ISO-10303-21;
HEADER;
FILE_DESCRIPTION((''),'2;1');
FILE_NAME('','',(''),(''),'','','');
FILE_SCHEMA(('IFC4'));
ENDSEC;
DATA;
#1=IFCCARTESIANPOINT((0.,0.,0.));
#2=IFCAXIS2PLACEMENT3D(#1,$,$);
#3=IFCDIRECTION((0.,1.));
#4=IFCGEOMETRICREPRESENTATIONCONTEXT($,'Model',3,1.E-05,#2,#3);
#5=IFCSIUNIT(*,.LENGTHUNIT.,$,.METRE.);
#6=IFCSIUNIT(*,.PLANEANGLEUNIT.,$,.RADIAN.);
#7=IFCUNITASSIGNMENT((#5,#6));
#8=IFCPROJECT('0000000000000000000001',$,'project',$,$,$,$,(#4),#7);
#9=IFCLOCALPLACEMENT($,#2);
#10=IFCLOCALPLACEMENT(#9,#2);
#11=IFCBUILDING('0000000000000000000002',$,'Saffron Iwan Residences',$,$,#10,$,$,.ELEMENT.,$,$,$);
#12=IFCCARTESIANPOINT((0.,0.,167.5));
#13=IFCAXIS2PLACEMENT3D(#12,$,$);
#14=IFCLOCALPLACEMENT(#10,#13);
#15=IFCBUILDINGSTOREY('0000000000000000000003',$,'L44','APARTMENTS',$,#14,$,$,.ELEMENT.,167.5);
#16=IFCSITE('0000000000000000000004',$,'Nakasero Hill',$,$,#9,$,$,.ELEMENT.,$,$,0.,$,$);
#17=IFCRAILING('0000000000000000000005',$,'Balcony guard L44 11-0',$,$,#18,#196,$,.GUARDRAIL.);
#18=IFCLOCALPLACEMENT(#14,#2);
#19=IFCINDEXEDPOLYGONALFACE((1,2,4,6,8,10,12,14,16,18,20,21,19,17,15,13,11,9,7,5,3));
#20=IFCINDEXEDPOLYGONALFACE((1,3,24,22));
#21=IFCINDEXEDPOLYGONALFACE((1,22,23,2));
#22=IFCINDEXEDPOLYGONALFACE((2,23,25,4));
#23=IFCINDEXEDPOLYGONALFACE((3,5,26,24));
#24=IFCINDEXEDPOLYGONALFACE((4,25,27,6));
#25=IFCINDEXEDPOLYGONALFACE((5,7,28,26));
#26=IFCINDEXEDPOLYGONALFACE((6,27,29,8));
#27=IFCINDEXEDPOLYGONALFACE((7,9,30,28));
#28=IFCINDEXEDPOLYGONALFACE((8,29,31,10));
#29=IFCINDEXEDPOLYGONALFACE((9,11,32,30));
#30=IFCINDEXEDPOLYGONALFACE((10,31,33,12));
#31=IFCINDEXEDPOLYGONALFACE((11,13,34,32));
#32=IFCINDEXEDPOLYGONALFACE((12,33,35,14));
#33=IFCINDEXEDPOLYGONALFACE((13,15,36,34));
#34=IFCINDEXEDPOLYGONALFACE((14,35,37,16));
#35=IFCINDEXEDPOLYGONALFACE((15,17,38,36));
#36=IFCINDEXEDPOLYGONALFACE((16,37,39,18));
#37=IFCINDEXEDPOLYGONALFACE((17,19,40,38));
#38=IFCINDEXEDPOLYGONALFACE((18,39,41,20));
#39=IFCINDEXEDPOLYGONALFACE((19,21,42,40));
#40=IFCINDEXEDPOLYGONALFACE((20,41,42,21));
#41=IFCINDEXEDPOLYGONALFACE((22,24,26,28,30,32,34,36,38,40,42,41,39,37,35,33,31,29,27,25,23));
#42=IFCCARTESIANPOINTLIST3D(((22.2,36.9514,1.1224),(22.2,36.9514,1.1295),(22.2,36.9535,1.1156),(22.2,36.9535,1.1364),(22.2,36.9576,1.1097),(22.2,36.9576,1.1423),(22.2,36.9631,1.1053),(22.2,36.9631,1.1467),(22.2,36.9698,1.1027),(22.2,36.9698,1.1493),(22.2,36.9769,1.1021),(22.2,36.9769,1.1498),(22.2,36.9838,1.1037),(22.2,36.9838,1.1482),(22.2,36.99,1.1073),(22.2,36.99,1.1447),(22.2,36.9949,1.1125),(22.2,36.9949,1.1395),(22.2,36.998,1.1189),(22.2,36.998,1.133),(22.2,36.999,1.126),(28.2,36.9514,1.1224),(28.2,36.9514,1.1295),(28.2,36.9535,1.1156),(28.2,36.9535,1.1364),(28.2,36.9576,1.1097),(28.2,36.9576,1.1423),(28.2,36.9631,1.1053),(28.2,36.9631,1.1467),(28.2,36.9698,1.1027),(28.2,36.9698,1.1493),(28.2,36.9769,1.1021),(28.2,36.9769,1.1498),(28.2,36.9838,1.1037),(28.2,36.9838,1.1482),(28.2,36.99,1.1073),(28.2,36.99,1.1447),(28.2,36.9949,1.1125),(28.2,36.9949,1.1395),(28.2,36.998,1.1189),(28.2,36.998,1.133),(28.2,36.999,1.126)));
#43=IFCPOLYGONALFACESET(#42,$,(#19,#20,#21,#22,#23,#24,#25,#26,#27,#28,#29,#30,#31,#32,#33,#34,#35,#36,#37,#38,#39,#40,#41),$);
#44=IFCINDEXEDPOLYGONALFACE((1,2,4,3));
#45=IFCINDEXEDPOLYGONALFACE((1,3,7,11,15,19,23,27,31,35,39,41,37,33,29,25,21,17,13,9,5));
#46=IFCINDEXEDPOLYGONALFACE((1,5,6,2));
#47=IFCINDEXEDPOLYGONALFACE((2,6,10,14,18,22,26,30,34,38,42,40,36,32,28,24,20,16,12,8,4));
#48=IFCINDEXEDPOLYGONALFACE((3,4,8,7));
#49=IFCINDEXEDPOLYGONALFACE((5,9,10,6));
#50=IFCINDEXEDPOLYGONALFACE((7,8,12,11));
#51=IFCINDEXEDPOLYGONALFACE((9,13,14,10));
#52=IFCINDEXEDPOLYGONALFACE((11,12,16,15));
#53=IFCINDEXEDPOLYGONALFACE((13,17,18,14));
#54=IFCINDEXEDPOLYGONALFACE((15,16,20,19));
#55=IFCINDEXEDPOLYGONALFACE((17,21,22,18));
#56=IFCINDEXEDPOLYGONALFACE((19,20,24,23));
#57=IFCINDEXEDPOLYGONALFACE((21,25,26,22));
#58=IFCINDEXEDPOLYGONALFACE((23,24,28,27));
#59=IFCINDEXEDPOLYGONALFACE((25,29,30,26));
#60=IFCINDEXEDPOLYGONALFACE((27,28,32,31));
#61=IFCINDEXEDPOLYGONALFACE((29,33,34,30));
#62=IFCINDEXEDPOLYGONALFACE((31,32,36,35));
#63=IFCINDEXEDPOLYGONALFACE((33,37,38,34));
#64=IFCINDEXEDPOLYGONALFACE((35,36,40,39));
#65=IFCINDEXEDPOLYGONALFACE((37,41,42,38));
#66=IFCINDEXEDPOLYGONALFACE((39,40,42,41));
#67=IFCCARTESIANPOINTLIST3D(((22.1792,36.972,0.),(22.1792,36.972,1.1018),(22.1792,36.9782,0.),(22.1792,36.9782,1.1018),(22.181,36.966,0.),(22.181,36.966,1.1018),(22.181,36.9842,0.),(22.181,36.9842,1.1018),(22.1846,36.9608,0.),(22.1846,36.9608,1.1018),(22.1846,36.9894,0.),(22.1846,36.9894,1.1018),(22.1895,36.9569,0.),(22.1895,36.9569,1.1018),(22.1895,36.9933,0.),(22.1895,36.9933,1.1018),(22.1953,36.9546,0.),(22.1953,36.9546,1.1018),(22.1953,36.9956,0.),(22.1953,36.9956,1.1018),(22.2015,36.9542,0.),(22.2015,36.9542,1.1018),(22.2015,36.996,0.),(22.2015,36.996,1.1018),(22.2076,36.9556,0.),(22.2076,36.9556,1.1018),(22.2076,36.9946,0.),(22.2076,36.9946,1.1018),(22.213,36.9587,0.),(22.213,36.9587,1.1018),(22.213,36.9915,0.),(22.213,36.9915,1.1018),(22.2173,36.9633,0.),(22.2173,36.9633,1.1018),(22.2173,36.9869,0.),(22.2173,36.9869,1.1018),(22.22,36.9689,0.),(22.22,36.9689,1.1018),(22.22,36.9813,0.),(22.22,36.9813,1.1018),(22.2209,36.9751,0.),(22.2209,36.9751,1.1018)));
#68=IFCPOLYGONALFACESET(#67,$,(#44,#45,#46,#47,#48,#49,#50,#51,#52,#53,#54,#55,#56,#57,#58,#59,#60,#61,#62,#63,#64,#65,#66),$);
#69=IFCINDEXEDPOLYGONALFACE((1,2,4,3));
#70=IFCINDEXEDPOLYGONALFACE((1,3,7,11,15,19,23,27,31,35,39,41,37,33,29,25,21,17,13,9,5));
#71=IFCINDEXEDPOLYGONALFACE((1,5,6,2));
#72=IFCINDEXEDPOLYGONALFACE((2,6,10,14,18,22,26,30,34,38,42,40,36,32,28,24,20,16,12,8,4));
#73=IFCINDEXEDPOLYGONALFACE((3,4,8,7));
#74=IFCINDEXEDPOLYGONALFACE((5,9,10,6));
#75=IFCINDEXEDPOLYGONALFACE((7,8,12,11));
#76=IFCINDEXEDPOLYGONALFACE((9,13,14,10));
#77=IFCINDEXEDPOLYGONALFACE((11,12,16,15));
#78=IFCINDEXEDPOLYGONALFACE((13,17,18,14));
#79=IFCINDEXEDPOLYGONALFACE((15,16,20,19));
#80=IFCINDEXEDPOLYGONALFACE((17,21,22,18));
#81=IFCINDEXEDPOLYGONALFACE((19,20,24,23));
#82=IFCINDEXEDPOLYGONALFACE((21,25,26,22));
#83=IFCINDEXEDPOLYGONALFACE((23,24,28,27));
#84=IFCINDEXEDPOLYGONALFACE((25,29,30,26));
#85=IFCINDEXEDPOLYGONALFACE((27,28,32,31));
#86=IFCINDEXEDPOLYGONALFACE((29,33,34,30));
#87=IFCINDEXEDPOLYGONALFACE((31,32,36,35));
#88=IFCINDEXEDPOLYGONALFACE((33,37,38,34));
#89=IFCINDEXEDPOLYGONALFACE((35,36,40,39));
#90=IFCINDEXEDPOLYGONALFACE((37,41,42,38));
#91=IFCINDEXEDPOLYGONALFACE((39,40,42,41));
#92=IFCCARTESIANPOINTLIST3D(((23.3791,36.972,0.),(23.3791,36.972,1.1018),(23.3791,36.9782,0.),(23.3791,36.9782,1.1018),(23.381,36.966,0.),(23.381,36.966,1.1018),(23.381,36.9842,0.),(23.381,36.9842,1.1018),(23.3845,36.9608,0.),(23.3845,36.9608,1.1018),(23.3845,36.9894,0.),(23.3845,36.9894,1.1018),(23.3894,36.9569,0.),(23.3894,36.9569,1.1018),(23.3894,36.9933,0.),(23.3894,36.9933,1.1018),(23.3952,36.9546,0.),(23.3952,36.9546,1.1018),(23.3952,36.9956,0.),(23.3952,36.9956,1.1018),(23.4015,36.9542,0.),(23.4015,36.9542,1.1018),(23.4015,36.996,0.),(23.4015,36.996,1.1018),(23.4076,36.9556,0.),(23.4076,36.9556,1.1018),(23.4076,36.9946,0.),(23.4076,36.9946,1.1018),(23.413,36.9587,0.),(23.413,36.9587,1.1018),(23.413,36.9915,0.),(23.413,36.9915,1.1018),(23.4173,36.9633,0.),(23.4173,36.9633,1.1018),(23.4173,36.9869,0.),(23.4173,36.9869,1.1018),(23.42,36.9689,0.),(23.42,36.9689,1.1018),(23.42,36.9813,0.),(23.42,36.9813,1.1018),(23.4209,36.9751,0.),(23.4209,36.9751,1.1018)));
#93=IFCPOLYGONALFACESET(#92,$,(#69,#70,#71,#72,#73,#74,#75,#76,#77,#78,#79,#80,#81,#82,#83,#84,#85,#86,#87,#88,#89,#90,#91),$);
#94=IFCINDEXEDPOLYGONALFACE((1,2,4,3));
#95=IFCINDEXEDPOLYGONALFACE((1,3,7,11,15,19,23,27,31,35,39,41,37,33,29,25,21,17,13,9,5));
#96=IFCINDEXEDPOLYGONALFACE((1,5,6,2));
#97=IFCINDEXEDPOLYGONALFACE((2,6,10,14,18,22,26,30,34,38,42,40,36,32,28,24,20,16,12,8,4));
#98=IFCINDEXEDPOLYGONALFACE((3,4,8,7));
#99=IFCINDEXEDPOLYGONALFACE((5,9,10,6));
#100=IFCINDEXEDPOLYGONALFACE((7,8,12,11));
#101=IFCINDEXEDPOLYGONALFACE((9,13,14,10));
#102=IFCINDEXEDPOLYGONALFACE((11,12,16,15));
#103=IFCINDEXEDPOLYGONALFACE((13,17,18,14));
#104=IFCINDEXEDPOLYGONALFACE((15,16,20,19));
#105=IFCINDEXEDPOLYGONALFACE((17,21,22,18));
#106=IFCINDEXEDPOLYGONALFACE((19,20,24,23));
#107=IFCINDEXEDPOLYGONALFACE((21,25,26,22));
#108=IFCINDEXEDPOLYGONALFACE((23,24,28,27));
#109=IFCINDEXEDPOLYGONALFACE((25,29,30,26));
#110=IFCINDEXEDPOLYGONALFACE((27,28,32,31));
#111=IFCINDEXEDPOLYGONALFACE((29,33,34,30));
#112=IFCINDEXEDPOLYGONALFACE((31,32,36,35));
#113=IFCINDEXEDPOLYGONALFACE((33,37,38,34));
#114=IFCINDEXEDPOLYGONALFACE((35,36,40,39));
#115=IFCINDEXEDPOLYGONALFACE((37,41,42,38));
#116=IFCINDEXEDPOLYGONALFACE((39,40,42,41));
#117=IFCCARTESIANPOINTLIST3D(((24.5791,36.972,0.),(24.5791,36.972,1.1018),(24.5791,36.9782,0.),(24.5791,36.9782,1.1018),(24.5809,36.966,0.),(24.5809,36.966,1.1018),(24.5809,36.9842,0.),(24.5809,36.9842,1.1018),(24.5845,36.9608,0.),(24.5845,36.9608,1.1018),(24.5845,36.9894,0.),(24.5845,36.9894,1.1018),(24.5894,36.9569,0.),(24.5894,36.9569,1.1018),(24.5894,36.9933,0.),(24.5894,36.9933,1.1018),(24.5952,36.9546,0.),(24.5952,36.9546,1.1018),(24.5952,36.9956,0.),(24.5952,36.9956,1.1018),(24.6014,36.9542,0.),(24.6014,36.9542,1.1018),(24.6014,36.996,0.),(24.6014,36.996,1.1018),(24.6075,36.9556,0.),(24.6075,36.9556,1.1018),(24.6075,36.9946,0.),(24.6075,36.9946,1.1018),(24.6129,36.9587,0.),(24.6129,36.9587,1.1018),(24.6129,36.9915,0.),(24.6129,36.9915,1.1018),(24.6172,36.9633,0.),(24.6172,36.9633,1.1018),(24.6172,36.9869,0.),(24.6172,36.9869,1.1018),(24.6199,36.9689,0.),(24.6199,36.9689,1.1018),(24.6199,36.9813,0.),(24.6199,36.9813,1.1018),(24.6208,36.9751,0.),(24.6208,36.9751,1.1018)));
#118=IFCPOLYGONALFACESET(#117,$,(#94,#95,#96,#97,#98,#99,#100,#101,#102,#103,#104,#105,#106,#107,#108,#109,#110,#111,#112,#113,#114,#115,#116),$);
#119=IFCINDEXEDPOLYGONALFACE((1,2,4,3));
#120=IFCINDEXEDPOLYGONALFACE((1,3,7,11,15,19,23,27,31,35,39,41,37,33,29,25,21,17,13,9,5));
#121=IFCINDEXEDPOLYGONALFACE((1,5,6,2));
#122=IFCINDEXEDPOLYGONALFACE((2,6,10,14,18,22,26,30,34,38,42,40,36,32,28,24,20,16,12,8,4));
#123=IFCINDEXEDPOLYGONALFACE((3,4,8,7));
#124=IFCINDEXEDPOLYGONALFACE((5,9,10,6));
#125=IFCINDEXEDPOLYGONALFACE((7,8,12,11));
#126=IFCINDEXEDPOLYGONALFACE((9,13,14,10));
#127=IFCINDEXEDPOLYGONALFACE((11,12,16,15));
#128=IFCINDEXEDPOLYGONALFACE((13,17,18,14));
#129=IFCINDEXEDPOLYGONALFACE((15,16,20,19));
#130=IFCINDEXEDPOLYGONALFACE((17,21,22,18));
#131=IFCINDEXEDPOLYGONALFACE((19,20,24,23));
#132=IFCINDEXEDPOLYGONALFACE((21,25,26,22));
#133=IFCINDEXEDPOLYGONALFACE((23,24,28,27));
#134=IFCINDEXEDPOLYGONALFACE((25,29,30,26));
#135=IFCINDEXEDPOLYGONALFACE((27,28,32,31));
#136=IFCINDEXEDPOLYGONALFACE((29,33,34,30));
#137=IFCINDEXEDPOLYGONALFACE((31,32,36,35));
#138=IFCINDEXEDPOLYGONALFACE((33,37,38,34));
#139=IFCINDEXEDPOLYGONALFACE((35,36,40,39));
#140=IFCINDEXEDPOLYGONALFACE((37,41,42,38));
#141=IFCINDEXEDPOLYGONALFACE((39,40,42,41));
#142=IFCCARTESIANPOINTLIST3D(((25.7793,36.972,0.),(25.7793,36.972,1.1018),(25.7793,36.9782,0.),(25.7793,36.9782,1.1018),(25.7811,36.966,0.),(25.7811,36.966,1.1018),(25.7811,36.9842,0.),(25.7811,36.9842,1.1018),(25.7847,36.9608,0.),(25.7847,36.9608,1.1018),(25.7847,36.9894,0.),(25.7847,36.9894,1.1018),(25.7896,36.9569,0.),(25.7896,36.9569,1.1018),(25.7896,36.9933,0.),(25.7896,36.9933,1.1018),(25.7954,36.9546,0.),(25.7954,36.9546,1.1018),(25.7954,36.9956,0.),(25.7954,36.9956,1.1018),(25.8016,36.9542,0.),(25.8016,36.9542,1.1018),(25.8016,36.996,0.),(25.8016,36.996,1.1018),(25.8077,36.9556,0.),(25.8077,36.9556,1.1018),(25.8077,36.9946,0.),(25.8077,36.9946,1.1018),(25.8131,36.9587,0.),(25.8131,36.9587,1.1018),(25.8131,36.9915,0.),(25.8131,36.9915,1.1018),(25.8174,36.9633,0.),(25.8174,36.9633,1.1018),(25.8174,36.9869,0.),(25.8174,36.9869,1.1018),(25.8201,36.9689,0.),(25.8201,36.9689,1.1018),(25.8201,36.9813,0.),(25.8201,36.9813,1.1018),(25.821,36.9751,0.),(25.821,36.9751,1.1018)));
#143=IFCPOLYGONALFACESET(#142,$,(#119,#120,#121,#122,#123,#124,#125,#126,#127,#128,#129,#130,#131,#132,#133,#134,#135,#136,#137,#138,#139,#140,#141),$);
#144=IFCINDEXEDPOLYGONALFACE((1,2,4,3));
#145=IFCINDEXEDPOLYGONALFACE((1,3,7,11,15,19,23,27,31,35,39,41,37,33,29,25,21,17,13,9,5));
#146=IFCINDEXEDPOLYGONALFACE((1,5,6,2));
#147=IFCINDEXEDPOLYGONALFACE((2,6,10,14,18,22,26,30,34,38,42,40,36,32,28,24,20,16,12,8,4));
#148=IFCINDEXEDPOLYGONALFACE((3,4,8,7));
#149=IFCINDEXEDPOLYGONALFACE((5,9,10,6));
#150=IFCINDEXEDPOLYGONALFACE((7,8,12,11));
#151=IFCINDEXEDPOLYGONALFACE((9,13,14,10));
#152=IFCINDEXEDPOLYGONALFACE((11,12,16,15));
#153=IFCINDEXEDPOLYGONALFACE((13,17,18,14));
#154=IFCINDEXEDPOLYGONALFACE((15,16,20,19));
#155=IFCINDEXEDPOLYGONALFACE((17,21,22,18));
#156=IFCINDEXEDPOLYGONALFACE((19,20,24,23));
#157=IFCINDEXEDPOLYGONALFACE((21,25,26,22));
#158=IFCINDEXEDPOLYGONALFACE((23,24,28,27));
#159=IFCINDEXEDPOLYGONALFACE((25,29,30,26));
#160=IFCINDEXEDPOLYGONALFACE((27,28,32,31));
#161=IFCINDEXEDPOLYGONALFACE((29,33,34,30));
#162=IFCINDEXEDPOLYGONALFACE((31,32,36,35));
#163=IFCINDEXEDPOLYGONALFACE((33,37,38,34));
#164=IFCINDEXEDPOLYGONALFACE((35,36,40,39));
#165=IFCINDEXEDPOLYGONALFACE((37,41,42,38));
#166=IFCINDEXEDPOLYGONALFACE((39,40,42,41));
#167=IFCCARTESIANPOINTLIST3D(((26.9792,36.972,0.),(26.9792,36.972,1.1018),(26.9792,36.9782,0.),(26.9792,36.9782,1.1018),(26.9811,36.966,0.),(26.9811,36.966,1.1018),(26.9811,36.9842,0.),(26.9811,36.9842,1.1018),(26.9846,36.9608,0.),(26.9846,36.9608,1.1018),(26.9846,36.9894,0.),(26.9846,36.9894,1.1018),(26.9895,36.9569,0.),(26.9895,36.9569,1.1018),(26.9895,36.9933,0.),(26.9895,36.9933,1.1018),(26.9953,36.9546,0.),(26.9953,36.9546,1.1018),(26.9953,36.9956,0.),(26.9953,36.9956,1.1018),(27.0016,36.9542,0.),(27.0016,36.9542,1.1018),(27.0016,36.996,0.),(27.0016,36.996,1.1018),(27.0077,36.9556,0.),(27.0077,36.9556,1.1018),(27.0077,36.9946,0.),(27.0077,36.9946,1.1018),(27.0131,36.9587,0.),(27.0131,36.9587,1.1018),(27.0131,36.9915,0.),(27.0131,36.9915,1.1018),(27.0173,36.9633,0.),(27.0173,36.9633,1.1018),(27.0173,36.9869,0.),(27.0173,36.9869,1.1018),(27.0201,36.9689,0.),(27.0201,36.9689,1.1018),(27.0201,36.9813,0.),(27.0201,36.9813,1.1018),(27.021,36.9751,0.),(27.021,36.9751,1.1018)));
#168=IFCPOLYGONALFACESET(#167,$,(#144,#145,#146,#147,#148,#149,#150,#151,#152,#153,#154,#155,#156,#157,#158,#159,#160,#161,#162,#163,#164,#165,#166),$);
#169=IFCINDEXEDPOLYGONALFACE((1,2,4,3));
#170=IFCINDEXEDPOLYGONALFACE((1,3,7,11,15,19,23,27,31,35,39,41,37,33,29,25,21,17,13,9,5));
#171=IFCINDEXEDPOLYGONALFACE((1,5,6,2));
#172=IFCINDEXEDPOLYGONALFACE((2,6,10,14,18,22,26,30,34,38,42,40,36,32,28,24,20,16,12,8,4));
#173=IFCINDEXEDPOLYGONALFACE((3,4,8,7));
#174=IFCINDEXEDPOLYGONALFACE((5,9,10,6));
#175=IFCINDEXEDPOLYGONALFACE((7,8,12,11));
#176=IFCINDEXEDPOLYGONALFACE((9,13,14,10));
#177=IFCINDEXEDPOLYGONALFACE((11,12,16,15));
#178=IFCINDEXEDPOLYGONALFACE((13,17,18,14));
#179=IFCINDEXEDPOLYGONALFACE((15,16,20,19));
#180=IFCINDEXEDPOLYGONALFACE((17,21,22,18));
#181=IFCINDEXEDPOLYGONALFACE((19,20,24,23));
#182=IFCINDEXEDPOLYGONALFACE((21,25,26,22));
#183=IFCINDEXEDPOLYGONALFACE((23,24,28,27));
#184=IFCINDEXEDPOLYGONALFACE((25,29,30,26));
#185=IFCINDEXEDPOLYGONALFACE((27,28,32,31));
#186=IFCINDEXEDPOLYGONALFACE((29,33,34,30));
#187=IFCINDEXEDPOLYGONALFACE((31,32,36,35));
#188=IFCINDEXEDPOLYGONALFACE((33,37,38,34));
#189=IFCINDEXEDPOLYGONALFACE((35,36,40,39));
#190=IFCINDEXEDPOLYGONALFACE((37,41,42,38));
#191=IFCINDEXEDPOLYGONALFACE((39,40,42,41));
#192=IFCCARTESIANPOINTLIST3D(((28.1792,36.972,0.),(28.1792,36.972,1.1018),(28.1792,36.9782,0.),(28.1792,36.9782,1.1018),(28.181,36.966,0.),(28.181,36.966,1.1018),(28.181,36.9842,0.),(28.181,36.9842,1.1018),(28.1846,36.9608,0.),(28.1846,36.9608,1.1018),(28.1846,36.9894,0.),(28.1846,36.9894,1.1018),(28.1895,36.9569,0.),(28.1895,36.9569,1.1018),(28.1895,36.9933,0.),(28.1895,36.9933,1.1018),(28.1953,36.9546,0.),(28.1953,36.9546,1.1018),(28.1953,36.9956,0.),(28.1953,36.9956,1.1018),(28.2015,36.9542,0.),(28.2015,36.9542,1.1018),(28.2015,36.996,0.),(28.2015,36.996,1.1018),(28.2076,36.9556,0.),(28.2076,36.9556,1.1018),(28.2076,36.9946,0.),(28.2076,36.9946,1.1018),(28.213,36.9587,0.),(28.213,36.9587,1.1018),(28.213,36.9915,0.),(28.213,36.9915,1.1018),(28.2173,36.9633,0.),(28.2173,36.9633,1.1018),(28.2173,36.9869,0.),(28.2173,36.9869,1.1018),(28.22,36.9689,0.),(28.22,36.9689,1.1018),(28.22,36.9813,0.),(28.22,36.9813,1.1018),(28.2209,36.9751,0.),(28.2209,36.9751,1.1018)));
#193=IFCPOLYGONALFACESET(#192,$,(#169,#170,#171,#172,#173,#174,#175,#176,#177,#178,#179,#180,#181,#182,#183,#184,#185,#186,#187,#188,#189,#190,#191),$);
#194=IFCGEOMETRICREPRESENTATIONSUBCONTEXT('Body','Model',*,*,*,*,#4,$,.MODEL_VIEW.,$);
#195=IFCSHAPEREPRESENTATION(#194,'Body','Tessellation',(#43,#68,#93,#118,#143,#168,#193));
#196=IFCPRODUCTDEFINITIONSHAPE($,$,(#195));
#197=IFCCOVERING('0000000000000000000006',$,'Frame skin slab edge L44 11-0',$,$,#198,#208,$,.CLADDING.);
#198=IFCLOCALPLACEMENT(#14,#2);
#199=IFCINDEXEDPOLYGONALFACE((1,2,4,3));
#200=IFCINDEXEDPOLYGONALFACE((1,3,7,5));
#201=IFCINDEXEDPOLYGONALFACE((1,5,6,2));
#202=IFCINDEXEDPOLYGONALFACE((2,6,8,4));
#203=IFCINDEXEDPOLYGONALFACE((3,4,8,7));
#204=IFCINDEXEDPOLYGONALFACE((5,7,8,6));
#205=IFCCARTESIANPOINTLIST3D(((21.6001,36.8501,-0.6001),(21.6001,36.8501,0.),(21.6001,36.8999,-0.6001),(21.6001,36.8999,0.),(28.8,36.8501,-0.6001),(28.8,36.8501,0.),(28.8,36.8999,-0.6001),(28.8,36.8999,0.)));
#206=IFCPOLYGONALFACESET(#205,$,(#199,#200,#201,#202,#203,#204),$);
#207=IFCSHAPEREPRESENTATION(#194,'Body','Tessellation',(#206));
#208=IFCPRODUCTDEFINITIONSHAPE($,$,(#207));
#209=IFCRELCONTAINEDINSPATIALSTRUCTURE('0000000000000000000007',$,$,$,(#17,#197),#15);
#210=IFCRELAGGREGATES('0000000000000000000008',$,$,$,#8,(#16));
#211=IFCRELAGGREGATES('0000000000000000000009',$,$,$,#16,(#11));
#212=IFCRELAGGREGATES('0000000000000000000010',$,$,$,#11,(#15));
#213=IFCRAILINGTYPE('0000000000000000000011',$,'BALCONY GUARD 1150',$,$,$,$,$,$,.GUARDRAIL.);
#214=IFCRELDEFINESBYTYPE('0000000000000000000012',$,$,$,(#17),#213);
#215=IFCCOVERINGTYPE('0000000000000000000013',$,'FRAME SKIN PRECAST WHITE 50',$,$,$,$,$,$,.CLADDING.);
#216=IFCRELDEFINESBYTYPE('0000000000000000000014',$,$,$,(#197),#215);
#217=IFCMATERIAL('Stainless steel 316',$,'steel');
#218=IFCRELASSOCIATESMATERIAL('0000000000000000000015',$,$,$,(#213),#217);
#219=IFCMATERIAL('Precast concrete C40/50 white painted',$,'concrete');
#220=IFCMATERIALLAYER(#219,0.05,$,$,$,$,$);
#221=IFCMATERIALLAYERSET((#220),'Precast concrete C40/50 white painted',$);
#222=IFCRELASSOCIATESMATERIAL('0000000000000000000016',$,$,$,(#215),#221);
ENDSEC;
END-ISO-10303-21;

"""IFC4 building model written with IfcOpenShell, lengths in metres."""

from ifc_helpers import new_model, si_unit, direction, frame, origin, origin_2d, place, context, subcontext, project, spatial, polyline, circle, outline, extrude, material, layer, layer_set, type_object, element, save


model = new_model("IFC4")

# Units and contexts
model_context = context("Model", 3, precision=1e-05, world=origin(), true_north=direction((0.0, 1.0)))
body_context = subcontext(model_context, "Body", "Model", "MODEL_VIEW")
ifc_project = project(units=[si_unit("LENGTHUNIT", "METRE"), si_unit("PLANEANGLEUNIT", "RADIAN")], contexts=[model_context])

# Site, building, storey
site_placement = place(None, origin())
site = spatial("IfcSite", under=ifc_project, at=site_placement, Name="Nakasero Hill", CompositionType="ELEMENT", RefElevation=0.0)
building_placement = place(site_placement, origin())
building = spatial("IfcBuilding", under=site, at=building_placement, Name="Saffron Iwan Residences", CompositionType="ELEMENT")
storey_placement = place(building_placement, frame((0.0, 0.0, 167.5)))
storey = spatial("IfcBuildingStorey", under=building, at=storey_placement, Name="L44", Description="APARTMENTS", CompositionType="ELEMENT", Elevation=167.5)

# Railing
ifc_material_1 = material(Name="Stainless steel 316", Category="steel")
railing_type = type_object("IfcRailingType", Name="BALCONY GUARD 1150", PredefinedType="GUARDRAIL", material=ifc_material_1)
railing_placement = place(storey_placement, frame((22.2, 36.9751, 0.0)))
element("IfcRailing", 1, at=railing_placement, inside=storey, type_object=railing_type, Name="Balcony guard L44 11-0", PredefinedType="GUARDRAIL", context=body_context, shape_type="SweptSolid", body=[
    extrude(circle(Radius=0.0239, at=origin_2d()), frame((0.0, 0.0, 1.126), z_axis=(1.0, 0.0, 0.0), x_axis=(0.0, 1.0, 0.0)), (0.0, 0.0, 1.0), 6.0),
    extrude(circle(Radius=0.021, at=origin_2d()), origin(), (0.0, 0.0, 1.0), 1.1018),
    extrude(circle(Radius=0.021, at=origin_2d()), frame((1.2, 0.0, 0.0)), (0.0, 0.0, 1.0), 1.1018),
    extrude(circle(Radius=0.021, at=origin_2d()), frame((2.3999, 0.0, 0.0)), (0.0, 0.0, 1.0), 1.1018),
    extrude(circle(Radius=0.021, at=origin_2d()), frame((3.6001, 0.0, 0.0)), (0.0, 0.0, 1.0), 1.1018),
    extrude(circle(Radius=0.021, at=origin_2d()), frame((4.8, 0.0, 0.0)), (0.0, 0.0, 1.0), 1.1018),
    extrude(circle(Radius=0.021, at=origin_2d()), frame((6.0, 0.0, 0.0)), (0.0, 0.0, 1.0), 1.1018),
])

# Covering
ifc_material_2 = material(Name="Precast concrete C40/50 white painted", Category="concrete")
ifc_layer_1 = layer(ifc_material_2, 0.05)
ifc_layer_set_1 = layer_set([ifc_layer_1], Name="Precast concrete C40/50 white painted")
covering_type_1 = type_object("IfcCoveringType", Name="FRAME SKIN PRECAST WHITE 50", PredefinedType="CLADDING", material=ifc_layer_set_1)
for number, where, name in (
    (2, (0.0, 0.0, -0.6001), "Frame skin slab edge L44 11-0"),
):
    element("IfcCovering", number, at=place(storey_placement, frame(where)), inside=storey, type_object=covering_type_1, Name=name, PredefinedType="CLADDING", context=body_context, shape_type="SweptSolid", body=[
        extrude(outline(polyline([(21.6001, 36.8501), (28.8, 36.8501), (28.8, 36.8999), (21.6001, 36.8999), (21.6001, 36.8501)])), origin(), (0.0, 0.0, 1.0), 0.6001),
    ])

save(model, "model.ifc")
